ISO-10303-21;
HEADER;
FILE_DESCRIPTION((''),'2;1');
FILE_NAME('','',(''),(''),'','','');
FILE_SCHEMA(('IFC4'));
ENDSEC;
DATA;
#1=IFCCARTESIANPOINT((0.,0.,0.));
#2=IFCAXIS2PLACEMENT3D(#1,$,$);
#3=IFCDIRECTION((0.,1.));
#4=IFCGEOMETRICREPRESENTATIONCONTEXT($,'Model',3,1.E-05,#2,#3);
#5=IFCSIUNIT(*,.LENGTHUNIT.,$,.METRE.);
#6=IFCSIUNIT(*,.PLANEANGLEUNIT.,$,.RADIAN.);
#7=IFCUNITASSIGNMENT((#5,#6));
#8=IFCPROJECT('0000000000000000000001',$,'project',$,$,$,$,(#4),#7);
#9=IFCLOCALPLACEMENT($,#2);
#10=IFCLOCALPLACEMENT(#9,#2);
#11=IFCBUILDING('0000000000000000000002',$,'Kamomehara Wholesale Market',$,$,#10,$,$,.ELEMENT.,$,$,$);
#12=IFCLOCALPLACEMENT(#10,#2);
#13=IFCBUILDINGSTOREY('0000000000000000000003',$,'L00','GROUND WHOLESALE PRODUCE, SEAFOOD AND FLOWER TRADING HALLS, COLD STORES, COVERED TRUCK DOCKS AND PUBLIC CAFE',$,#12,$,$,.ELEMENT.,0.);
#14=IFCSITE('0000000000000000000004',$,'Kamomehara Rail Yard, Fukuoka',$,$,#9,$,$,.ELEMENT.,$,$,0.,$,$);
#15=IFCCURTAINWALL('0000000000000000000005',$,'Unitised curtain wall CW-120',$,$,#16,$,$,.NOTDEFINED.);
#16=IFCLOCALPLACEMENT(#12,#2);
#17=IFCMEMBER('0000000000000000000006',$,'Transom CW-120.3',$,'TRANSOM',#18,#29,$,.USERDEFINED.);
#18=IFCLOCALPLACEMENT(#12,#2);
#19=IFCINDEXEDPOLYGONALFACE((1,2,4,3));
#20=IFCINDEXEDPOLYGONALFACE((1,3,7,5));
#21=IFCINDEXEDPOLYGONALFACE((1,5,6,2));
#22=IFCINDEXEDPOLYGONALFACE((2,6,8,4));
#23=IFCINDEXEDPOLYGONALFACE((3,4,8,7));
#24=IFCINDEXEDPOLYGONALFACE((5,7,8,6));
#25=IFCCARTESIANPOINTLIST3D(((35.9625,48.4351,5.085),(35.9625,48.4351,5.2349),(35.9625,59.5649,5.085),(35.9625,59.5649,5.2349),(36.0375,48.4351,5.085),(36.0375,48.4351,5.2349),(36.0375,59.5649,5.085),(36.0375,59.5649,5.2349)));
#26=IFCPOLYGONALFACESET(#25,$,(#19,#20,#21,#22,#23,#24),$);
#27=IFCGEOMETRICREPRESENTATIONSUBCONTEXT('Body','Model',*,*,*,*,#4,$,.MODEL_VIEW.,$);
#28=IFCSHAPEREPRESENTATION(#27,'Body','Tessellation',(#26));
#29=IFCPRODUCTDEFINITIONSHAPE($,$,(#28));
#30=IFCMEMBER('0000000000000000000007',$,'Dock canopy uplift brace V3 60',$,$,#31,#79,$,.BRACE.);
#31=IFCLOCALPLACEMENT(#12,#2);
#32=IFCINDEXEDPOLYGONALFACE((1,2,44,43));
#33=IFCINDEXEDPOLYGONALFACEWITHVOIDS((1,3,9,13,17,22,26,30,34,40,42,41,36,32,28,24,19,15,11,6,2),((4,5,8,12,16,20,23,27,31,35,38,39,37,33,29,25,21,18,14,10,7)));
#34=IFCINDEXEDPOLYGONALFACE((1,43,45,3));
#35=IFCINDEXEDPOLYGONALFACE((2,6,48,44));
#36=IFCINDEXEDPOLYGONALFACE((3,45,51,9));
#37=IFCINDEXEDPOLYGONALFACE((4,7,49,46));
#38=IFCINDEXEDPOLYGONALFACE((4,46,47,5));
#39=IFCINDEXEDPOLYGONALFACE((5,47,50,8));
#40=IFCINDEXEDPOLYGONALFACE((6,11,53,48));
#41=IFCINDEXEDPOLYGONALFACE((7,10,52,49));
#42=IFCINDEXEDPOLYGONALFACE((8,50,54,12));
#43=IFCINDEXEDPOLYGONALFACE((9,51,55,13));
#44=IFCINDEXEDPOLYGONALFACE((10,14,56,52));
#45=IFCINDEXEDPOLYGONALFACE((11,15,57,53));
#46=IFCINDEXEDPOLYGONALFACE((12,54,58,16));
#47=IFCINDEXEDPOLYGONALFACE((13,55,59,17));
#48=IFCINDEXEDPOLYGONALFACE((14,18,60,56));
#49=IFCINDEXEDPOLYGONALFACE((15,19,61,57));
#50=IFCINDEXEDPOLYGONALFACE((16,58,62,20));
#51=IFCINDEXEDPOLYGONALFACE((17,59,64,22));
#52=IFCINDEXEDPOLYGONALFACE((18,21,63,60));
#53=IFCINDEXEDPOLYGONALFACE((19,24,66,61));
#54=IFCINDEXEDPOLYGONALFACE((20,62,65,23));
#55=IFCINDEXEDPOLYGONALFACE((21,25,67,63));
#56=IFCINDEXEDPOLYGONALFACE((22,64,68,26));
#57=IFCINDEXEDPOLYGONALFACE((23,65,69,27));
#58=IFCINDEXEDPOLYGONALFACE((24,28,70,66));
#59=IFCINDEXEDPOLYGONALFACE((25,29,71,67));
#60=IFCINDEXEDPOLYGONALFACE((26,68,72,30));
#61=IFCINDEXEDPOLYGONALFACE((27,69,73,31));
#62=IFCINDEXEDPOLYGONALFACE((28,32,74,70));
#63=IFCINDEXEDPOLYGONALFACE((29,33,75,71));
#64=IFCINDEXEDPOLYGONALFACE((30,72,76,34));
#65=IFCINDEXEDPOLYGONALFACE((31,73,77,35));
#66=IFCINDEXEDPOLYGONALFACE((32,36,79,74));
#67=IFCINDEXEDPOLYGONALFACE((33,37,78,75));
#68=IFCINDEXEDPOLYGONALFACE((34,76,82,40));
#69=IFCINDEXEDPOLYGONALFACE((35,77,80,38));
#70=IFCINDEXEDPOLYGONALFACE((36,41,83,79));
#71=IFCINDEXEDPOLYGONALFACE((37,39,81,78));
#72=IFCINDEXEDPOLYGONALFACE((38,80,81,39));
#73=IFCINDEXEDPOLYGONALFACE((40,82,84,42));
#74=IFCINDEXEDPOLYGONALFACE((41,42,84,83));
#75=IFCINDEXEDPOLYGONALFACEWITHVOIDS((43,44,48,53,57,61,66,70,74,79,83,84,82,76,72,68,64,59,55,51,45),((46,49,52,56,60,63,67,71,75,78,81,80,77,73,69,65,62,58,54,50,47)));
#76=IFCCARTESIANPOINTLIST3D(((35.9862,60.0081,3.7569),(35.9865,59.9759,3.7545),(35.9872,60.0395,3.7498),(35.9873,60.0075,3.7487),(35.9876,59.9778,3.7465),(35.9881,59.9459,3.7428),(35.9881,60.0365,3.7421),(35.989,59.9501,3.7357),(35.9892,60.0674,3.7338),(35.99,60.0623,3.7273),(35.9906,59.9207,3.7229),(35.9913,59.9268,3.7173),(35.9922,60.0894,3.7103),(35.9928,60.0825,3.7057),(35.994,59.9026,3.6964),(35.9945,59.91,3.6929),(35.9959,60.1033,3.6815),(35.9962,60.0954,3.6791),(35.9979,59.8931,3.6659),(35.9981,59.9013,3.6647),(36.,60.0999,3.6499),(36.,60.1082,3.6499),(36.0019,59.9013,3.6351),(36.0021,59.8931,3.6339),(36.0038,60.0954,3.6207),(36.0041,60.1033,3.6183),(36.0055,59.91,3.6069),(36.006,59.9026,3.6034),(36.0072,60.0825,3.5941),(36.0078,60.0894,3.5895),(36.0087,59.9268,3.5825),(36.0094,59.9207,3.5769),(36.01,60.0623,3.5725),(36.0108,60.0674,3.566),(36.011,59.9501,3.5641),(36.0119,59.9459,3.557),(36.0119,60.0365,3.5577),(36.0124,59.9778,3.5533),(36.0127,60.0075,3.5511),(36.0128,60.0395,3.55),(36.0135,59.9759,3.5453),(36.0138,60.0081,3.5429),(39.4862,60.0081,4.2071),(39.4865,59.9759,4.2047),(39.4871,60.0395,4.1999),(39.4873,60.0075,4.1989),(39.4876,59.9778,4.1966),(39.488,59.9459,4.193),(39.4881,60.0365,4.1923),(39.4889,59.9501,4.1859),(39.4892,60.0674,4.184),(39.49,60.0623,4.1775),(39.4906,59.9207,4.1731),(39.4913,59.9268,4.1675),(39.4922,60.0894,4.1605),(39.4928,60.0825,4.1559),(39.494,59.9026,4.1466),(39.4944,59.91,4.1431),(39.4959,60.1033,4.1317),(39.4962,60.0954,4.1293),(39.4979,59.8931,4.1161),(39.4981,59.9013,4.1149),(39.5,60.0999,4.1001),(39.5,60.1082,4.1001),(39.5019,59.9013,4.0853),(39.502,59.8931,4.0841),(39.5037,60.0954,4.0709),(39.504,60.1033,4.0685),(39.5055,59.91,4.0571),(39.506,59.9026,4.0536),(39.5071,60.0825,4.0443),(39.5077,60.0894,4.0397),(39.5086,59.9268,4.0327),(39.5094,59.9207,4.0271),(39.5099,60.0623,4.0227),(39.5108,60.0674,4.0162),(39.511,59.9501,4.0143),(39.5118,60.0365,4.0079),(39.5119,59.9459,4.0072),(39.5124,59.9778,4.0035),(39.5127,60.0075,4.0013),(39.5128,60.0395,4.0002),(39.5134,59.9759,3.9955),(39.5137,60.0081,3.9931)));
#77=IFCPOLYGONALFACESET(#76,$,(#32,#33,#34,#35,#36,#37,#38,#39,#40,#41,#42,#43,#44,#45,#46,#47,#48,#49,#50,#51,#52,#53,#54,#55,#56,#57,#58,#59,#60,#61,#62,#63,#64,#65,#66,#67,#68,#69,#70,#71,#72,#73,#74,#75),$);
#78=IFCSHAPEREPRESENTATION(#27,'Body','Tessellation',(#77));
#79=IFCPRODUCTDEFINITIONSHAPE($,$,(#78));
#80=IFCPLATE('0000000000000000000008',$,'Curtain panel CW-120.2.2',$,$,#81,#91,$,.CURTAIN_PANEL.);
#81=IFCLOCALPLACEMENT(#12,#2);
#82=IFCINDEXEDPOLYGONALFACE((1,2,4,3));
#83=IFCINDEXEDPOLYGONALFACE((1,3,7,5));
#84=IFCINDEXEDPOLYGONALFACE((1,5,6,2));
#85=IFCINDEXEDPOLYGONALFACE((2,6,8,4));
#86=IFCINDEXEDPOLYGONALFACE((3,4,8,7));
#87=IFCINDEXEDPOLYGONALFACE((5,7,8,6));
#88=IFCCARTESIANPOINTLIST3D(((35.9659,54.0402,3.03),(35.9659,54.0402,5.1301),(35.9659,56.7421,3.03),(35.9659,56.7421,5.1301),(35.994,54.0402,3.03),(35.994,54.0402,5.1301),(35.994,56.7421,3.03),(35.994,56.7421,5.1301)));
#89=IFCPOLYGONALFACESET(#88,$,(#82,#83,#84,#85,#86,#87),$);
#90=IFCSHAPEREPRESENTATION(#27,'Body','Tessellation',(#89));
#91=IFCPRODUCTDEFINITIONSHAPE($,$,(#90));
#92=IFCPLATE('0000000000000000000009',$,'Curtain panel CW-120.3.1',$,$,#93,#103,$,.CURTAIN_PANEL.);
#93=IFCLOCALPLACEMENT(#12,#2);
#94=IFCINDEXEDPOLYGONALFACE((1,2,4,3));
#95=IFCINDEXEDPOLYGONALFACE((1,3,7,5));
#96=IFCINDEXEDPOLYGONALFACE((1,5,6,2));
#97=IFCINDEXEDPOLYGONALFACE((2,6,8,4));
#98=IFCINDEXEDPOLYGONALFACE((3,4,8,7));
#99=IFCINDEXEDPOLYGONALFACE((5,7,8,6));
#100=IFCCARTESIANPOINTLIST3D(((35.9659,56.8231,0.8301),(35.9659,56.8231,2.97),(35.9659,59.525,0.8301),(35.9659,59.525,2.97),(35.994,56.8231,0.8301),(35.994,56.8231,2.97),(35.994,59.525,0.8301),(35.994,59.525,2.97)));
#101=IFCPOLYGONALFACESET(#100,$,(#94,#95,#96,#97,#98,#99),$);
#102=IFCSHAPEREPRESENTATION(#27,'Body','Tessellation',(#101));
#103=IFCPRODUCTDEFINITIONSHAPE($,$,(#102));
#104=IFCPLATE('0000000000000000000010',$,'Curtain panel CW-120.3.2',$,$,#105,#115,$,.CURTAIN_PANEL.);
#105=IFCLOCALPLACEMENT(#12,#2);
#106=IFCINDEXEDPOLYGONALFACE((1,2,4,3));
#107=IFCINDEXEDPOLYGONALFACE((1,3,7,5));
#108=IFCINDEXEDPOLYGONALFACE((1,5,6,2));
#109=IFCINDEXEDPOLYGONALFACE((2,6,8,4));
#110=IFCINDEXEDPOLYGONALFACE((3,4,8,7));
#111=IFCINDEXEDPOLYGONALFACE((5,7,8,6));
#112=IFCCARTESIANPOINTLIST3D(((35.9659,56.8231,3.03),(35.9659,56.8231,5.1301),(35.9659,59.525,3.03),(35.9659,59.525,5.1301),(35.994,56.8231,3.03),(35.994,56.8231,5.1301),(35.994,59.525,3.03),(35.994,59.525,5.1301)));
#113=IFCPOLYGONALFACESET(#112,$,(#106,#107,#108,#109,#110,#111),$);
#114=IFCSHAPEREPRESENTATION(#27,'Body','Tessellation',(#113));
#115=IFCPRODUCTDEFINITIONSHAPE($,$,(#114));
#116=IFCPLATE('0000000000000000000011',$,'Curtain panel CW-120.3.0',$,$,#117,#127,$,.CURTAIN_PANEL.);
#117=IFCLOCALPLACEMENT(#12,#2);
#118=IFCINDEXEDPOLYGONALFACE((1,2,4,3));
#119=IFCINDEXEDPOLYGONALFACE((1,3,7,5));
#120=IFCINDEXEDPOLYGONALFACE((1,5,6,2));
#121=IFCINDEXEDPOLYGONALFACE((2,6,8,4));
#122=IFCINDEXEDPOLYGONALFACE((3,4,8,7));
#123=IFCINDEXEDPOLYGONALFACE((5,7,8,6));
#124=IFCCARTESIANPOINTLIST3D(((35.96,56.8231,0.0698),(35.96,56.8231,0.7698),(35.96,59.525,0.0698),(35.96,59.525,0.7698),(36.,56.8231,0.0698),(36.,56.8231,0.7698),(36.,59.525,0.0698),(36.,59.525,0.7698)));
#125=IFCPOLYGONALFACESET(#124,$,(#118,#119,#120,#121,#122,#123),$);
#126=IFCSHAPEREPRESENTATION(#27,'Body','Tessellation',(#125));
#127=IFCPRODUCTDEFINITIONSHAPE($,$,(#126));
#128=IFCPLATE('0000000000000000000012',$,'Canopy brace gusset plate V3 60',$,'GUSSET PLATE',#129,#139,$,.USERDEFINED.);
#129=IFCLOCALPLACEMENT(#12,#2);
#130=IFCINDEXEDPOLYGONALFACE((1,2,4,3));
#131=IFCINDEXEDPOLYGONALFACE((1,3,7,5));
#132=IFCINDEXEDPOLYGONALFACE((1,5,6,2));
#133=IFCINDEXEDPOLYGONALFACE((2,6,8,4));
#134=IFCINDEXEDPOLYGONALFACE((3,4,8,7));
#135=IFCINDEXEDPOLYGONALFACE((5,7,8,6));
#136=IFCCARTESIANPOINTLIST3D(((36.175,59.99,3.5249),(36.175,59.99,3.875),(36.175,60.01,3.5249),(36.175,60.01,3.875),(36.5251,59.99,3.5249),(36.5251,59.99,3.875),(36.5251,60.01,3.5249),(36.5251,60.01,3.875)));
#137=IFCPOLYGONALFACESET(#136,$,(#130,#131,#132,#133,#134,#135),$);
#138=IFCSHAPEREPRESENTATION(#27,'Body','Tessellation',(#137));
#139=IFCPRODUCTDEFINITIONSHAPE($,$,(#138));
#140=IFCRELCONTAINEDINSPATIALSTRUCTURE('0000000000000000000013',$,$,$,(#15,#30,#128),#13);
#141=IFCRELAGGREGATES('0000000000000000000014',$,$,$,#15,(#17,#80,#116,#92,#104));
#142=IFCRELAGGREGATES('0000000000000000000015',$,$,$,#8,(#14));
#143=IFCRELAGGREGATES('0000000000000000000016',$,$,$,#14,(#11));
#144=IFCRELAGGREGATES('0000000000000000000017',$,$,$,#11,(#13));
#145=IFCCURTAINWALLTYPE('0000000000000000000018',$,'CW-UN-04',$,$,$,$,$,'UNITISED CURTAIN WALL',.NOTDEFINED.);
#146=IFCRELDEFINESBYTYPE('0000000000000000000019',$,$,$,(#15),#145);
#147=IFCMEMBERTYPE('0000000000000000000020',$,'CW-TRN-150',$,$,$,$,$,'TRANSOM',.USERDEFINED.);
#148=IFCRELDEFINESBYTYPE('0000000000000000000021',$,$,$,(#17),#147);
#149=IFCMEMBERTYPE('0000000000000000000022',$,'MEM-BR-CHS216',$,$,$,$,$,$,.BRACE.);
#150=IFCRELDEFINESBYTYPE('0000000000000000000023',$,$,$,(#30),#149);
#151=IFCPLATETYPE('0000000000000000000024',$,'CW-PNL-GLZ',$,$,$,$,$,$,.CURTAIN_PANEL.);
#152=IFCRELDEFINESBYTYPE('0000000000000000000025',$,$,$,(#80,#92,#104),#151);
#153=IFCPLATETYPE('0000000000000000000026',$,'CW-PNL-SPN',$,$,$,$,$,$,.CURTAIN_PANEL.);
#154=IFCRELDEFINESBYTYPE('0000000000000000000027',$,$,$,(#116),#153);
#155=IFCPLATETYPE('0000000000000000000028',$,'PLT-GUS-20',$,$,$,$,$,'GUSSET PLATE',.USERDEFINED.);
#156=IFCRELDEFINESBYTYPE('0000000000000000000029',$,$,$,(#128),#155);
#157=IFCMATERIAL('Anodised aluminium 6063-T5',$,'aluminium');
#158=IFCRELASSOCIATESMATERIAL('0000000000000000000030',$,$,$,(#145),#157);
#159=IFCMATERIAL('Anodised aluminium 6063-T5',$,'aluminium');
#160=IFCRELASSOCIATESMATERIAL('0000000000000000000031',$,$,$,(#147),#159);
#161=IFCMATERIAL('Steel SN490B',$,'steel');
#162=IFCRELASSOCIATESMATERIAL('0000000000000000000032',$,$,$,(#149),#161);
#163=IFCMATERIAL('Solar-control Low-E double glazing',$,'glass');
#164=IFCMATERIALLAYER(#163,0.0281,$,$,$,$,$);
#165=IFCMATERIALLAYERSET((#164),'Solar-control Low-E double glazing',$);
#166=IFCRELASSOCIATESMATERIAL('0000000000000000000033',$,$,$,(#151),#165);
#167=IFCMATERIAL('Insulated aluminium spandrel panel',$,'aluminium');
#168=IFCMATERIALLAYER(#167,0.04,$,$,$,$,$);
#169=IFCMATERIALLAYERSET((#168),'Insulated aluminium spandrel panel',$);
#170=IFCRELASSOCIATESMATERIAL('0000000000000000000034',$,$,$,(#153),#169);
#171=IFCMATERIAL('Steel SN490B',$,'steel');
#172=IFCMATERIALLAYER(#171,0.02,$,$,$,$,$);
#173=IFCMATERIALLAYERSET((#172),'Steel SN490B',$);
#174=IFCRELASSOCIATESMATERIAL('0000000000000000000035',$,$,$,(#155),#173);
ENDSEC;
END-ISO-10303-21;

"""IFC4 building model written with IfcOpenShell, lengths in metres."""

from ifc_helpers import new_model, si_unit, direction, frame, origin, origin_2d, place, context, subcontext, project, spatial, rectangle, hollow_circle, extrude, material, layer, layer_set, material_profile, profile_set, type_object, element, aggregate, save


model = new_model("IFC4")

# Units and contexts
model_context = context("Model", 3, precision=1e-05, world=origin(), true_north=direction((0.0, 1.0)))
body_context = subcontext(model_context, "Body", "Model", "MODEL_VIEW")
ifc_project = project(units=[si_unit("LENGTHUNIT", "METRE"), si_unit("PLANEANGLEUNIT", "RADIAN")], contexts=[model_context])

# Site, building, storey
site_placement = place(None, origin())
site = spatial("IfcSite", under=ifc_project, at=site_placement, Name="Kamomehara Rail Yard, Fukuoka", CompositionType="ELEMENT", RefElevation=0.0)
building_placement = place(site_placement, origin())
building = spatial("IfcBuilding", under=site, at=building_placement, Name="Kamomehara Wholesale Market", CompositionType="ELEMENT")
storey_placement = place(building_placement, origin())
storey = spatial("IfcBuildingStorey", under=building, at=storey_placement, Name="L00", Description="GROUND WHOLESALE PRODUCE, SEAFOOD AND FLOWER TRADING HALLS, COLD STORES, COVERED TRUCK DOCKS AND PUBLIC CAFE", CompositionType="ELEMENT", Elevation=0.0)

# Shared definitions
ifc_material_1 = material(Name="Anodised aluminium 6063-T5", Category="aluminium")
curtain_wall_type = type_object("IfcCurtainWallType", Name="CW-UN-04", ElementType="UNITISED CURTAIN WALL", PredefinedType="NOTDEFINED", material=ifc_material_1)

# Curtain wall, member
curtain_wall_1_placement = place(storey_placement, origin())
curtain_wall_1 = element("IfcCurtainWall", 1, at=curtain_wall_1_placement, inside=storey, type_object=curtain_wall_type, Name="Unitised curtain wall CW-120", PredefinedType="NOTDEFINED")
ifc_material_2 = material(Name="Anodised aluminium 6063-T5", Category="aluminium")
ifc_material_profile_1 = material_profile(ifc_material_2, rectangle(XDim=0.075, YDim=0.1499, at=origin_2d()), Name="ALU-TRN-75x150")
ifc_profile_set_1 = profile_set([ifc_material_profile_1], Name="Anodised aluminium 6063-T5")
member_type_1 = type_object("IfcMemberType", Name="CW-TRN-150", ElementType="TRANSOM", PredefinedType="USERDEFINED", material=ifc_profile_set_1)
member_1_placement = place(storey_placement, frame((36.0, 48.4351, 5.1599), z_axis=(0.0, 1.0, 0.0), x_axis=(-1.0, 0.0, 0.0)))
member_1 = element("IfcMember", 2, at=member_1_placement, type_object=member_type_1, Name="Transom CW-120.3", ObjectType="TRANSOM", PredefinedType="USERDEFINED", context=body_context, shape_type="SweptSolid", body=[
    extrude(rectangle(XDim=0.075, YDim=0.1499, at=origin_2d()), origin(), (0.0, 0.0, 1.0), 11.1299),
])

# Member
ifc_material_3 = material(Name="Steel SN490B", Category="steel")
ifc_material_profile_2 = material_profile(ifc_material_3, hollow_circle(Radius=0.1082, WallThickness=0.0083, at=origin_2d()), Name="CHS-216.3x8.2")
ifc_profile_set_2 = profile_set([ifc_material_profile_2], Name="Steel SN490B")
member_type_2 = type_object("IfcMemberType", Name="MEM-BR-CHS216", PredefinedType="BRACE", material=ifc_profile_set_2)
member_2_placement = place(storey_placement, frame((36.0, 60.0, 3.6499), z_axis=(0.991829, 0.0, 0.127576), x_axis=(0.0, 1.0, 0.0)))
element("IfcMember", 3, at=member_2_placement, inside=storey, type_object=member_type_2, Name="Dock canopy uplift brace V3 60", PredefinedType="BRACE", context=body_context, shape_type="SweptSolid", body=[
    extrude(hollow_circle(Radius=0.1082, WallThickness=0.0083, at=origin_2d()), origin(), (0.0, 0.0, 1.0), 3.5288),
])

# Plates
ifc_material_4 = material(Name="Solar-control Low-E double glazing", Category="glass")
ifc_layer_1 = layer(ifc_material_4, 0.0281)
ifc_layer_set_1 = layer_set([ifc_layer_1], Name="Solar-control Low-E double glazing")
plate_type_1 = type_object("IfcPlateType", Name="CW-PNL-GLZ", PredefinedType="CURTAIN_PANEL", material=ifc_layer_set_1)
plate_1_placement = place(storey_placement, frame((35.98, 55.3911, 3.03), z_axis=(0.0, 0.0, 1.0), x_axis=(0.0, 1.0, 0.0)))
plate_1 = element("IfcPlate", 4, at=plate_1_placement, type_object=plate_type_1, Name="Curtain panel CW-120.2.2", PredefinedType="CURTAIN_PANEL", context=body_context, shape_type="SweptSolid", body=[
    extrude(rectangle(XDim=2.7019, YDim=0.0281, at=origin_2d()), origin(), (0.0, 0.0, 1.0), 2.1001),
])
plate_2_placement = place(storey_placement, frame((35.98, 58.1741, 0.8301), z_axis=(0.0, 0.0, 1.0), x_axis=(0.0, 1.0, 0.0)))
plate_2 = element("IfcPlate", 5, at=plate_2_placement, type_object=plate_type_1, Name="Curtain panel CW-120.3.1", PredefinedType="CURTAIN_PANEL", context=body_context, shape_type="SweptSolid", body=[
    extrude(rectangle(XDim=2.7019, YDim=0.0281, at=origin_2d()), origin(), (0.0, 0.0, 1.0), 2.1399),
])
plate_3_placement = place(storey_placement, frame((35.98, 58.1741, 3.03), z_axis=(0.0, 0.0, 1.0), x_axis=(0.0, 1.0, 0.0)))
plate_3 = element("IfcPlate", 6, at=plate_3_placement, type_object=plate_type_1, Name="Curtain panel CW-120.3.2", PredefinedType="CURTAIN_PANEL", context=body_context, shape_type="SweptSolid", body=[
    extrude(rectangle(XDim=2.7019, YDim=0.0281, at=origin_2d()), origin(), (0.0, 0.0, 1.0), 2.1001),
])
ifc_material_5 = material(Name="Insulated aluminium spandrel panel", Category="aluminium")
ifc_layer_2 = layer(ifc_material_5, 0.04)
ifc_layer_set_2 = layer_set([ifc_layer_2], Name="Insulated aluminium spandrel panel")
plate_type_2 = type_object("IfcPlateType", Name="CW-PNL-SPN", PredefinedType="CURTAIN_PANEL", material=ifc_layer_set_2)
plate_4_placement = place(storey_placement, frame((35.98, 58.1741, 0.0698), z_axis=(0.0, 0.0, 1.0), x_axis=(0.0, 1.0, 0.0)))
plate_4 = element("IfcPlate", 7, at=plate_4_placement, type_object=plate_type_2, Name="Curtain panel CW-120.3.0", PredefinedType="CURTAIN_PANEL", context=body_context, shape_type="SweptSolid", body=[
    extrude(rectangle(XDim=2.7019, YDim=0.04, at=origin_2d()), origin(), (0.0, 0.0, 1.0), 0.7),
])
aggregate(curtain_wall_1, [member_1, plate_1, plate_4, plate_2, plate_3])
ifc_material_6 = material(Name="Steel SN490B", Category="steel")
ifc_layer_3 = layer(ifc_material_6, 0.02)
ifc_layer_set_3 = layer_set([ifc_layer_3], Name="Steel SN490B")
plate_type_3 = type_object("IfcPlateType", Name="PLT-GUS-20", ElementType="GUSSET PLATE", PredefinedType="USERDEFINED", material=ifc_layer_set_3)
plate_5_placement = place(storey_placement, frame((36.3501, 60.0, 3.5249), z_axis=(0.0, 0.0, 1.0), x_axis=(1.0, 0.0, 0.0)))
element("IfcPlate", 8, at=plate_5_placement, inside=storey, type_object=plate_type_3, Name="Canopy brace gusset plate V3 60", ObjectType="GUSSET PLATE", PredefinedType="USERDEFINED", context=body_context, shape_type="SweptSolid", body=[
    extrude(rectangle(XDim=0.3501, YDim=0.02, at=origin_2d()), origin(), (0.0, 0.0, 1.0), 0.3501),
])

save(model, "model.ifc")
